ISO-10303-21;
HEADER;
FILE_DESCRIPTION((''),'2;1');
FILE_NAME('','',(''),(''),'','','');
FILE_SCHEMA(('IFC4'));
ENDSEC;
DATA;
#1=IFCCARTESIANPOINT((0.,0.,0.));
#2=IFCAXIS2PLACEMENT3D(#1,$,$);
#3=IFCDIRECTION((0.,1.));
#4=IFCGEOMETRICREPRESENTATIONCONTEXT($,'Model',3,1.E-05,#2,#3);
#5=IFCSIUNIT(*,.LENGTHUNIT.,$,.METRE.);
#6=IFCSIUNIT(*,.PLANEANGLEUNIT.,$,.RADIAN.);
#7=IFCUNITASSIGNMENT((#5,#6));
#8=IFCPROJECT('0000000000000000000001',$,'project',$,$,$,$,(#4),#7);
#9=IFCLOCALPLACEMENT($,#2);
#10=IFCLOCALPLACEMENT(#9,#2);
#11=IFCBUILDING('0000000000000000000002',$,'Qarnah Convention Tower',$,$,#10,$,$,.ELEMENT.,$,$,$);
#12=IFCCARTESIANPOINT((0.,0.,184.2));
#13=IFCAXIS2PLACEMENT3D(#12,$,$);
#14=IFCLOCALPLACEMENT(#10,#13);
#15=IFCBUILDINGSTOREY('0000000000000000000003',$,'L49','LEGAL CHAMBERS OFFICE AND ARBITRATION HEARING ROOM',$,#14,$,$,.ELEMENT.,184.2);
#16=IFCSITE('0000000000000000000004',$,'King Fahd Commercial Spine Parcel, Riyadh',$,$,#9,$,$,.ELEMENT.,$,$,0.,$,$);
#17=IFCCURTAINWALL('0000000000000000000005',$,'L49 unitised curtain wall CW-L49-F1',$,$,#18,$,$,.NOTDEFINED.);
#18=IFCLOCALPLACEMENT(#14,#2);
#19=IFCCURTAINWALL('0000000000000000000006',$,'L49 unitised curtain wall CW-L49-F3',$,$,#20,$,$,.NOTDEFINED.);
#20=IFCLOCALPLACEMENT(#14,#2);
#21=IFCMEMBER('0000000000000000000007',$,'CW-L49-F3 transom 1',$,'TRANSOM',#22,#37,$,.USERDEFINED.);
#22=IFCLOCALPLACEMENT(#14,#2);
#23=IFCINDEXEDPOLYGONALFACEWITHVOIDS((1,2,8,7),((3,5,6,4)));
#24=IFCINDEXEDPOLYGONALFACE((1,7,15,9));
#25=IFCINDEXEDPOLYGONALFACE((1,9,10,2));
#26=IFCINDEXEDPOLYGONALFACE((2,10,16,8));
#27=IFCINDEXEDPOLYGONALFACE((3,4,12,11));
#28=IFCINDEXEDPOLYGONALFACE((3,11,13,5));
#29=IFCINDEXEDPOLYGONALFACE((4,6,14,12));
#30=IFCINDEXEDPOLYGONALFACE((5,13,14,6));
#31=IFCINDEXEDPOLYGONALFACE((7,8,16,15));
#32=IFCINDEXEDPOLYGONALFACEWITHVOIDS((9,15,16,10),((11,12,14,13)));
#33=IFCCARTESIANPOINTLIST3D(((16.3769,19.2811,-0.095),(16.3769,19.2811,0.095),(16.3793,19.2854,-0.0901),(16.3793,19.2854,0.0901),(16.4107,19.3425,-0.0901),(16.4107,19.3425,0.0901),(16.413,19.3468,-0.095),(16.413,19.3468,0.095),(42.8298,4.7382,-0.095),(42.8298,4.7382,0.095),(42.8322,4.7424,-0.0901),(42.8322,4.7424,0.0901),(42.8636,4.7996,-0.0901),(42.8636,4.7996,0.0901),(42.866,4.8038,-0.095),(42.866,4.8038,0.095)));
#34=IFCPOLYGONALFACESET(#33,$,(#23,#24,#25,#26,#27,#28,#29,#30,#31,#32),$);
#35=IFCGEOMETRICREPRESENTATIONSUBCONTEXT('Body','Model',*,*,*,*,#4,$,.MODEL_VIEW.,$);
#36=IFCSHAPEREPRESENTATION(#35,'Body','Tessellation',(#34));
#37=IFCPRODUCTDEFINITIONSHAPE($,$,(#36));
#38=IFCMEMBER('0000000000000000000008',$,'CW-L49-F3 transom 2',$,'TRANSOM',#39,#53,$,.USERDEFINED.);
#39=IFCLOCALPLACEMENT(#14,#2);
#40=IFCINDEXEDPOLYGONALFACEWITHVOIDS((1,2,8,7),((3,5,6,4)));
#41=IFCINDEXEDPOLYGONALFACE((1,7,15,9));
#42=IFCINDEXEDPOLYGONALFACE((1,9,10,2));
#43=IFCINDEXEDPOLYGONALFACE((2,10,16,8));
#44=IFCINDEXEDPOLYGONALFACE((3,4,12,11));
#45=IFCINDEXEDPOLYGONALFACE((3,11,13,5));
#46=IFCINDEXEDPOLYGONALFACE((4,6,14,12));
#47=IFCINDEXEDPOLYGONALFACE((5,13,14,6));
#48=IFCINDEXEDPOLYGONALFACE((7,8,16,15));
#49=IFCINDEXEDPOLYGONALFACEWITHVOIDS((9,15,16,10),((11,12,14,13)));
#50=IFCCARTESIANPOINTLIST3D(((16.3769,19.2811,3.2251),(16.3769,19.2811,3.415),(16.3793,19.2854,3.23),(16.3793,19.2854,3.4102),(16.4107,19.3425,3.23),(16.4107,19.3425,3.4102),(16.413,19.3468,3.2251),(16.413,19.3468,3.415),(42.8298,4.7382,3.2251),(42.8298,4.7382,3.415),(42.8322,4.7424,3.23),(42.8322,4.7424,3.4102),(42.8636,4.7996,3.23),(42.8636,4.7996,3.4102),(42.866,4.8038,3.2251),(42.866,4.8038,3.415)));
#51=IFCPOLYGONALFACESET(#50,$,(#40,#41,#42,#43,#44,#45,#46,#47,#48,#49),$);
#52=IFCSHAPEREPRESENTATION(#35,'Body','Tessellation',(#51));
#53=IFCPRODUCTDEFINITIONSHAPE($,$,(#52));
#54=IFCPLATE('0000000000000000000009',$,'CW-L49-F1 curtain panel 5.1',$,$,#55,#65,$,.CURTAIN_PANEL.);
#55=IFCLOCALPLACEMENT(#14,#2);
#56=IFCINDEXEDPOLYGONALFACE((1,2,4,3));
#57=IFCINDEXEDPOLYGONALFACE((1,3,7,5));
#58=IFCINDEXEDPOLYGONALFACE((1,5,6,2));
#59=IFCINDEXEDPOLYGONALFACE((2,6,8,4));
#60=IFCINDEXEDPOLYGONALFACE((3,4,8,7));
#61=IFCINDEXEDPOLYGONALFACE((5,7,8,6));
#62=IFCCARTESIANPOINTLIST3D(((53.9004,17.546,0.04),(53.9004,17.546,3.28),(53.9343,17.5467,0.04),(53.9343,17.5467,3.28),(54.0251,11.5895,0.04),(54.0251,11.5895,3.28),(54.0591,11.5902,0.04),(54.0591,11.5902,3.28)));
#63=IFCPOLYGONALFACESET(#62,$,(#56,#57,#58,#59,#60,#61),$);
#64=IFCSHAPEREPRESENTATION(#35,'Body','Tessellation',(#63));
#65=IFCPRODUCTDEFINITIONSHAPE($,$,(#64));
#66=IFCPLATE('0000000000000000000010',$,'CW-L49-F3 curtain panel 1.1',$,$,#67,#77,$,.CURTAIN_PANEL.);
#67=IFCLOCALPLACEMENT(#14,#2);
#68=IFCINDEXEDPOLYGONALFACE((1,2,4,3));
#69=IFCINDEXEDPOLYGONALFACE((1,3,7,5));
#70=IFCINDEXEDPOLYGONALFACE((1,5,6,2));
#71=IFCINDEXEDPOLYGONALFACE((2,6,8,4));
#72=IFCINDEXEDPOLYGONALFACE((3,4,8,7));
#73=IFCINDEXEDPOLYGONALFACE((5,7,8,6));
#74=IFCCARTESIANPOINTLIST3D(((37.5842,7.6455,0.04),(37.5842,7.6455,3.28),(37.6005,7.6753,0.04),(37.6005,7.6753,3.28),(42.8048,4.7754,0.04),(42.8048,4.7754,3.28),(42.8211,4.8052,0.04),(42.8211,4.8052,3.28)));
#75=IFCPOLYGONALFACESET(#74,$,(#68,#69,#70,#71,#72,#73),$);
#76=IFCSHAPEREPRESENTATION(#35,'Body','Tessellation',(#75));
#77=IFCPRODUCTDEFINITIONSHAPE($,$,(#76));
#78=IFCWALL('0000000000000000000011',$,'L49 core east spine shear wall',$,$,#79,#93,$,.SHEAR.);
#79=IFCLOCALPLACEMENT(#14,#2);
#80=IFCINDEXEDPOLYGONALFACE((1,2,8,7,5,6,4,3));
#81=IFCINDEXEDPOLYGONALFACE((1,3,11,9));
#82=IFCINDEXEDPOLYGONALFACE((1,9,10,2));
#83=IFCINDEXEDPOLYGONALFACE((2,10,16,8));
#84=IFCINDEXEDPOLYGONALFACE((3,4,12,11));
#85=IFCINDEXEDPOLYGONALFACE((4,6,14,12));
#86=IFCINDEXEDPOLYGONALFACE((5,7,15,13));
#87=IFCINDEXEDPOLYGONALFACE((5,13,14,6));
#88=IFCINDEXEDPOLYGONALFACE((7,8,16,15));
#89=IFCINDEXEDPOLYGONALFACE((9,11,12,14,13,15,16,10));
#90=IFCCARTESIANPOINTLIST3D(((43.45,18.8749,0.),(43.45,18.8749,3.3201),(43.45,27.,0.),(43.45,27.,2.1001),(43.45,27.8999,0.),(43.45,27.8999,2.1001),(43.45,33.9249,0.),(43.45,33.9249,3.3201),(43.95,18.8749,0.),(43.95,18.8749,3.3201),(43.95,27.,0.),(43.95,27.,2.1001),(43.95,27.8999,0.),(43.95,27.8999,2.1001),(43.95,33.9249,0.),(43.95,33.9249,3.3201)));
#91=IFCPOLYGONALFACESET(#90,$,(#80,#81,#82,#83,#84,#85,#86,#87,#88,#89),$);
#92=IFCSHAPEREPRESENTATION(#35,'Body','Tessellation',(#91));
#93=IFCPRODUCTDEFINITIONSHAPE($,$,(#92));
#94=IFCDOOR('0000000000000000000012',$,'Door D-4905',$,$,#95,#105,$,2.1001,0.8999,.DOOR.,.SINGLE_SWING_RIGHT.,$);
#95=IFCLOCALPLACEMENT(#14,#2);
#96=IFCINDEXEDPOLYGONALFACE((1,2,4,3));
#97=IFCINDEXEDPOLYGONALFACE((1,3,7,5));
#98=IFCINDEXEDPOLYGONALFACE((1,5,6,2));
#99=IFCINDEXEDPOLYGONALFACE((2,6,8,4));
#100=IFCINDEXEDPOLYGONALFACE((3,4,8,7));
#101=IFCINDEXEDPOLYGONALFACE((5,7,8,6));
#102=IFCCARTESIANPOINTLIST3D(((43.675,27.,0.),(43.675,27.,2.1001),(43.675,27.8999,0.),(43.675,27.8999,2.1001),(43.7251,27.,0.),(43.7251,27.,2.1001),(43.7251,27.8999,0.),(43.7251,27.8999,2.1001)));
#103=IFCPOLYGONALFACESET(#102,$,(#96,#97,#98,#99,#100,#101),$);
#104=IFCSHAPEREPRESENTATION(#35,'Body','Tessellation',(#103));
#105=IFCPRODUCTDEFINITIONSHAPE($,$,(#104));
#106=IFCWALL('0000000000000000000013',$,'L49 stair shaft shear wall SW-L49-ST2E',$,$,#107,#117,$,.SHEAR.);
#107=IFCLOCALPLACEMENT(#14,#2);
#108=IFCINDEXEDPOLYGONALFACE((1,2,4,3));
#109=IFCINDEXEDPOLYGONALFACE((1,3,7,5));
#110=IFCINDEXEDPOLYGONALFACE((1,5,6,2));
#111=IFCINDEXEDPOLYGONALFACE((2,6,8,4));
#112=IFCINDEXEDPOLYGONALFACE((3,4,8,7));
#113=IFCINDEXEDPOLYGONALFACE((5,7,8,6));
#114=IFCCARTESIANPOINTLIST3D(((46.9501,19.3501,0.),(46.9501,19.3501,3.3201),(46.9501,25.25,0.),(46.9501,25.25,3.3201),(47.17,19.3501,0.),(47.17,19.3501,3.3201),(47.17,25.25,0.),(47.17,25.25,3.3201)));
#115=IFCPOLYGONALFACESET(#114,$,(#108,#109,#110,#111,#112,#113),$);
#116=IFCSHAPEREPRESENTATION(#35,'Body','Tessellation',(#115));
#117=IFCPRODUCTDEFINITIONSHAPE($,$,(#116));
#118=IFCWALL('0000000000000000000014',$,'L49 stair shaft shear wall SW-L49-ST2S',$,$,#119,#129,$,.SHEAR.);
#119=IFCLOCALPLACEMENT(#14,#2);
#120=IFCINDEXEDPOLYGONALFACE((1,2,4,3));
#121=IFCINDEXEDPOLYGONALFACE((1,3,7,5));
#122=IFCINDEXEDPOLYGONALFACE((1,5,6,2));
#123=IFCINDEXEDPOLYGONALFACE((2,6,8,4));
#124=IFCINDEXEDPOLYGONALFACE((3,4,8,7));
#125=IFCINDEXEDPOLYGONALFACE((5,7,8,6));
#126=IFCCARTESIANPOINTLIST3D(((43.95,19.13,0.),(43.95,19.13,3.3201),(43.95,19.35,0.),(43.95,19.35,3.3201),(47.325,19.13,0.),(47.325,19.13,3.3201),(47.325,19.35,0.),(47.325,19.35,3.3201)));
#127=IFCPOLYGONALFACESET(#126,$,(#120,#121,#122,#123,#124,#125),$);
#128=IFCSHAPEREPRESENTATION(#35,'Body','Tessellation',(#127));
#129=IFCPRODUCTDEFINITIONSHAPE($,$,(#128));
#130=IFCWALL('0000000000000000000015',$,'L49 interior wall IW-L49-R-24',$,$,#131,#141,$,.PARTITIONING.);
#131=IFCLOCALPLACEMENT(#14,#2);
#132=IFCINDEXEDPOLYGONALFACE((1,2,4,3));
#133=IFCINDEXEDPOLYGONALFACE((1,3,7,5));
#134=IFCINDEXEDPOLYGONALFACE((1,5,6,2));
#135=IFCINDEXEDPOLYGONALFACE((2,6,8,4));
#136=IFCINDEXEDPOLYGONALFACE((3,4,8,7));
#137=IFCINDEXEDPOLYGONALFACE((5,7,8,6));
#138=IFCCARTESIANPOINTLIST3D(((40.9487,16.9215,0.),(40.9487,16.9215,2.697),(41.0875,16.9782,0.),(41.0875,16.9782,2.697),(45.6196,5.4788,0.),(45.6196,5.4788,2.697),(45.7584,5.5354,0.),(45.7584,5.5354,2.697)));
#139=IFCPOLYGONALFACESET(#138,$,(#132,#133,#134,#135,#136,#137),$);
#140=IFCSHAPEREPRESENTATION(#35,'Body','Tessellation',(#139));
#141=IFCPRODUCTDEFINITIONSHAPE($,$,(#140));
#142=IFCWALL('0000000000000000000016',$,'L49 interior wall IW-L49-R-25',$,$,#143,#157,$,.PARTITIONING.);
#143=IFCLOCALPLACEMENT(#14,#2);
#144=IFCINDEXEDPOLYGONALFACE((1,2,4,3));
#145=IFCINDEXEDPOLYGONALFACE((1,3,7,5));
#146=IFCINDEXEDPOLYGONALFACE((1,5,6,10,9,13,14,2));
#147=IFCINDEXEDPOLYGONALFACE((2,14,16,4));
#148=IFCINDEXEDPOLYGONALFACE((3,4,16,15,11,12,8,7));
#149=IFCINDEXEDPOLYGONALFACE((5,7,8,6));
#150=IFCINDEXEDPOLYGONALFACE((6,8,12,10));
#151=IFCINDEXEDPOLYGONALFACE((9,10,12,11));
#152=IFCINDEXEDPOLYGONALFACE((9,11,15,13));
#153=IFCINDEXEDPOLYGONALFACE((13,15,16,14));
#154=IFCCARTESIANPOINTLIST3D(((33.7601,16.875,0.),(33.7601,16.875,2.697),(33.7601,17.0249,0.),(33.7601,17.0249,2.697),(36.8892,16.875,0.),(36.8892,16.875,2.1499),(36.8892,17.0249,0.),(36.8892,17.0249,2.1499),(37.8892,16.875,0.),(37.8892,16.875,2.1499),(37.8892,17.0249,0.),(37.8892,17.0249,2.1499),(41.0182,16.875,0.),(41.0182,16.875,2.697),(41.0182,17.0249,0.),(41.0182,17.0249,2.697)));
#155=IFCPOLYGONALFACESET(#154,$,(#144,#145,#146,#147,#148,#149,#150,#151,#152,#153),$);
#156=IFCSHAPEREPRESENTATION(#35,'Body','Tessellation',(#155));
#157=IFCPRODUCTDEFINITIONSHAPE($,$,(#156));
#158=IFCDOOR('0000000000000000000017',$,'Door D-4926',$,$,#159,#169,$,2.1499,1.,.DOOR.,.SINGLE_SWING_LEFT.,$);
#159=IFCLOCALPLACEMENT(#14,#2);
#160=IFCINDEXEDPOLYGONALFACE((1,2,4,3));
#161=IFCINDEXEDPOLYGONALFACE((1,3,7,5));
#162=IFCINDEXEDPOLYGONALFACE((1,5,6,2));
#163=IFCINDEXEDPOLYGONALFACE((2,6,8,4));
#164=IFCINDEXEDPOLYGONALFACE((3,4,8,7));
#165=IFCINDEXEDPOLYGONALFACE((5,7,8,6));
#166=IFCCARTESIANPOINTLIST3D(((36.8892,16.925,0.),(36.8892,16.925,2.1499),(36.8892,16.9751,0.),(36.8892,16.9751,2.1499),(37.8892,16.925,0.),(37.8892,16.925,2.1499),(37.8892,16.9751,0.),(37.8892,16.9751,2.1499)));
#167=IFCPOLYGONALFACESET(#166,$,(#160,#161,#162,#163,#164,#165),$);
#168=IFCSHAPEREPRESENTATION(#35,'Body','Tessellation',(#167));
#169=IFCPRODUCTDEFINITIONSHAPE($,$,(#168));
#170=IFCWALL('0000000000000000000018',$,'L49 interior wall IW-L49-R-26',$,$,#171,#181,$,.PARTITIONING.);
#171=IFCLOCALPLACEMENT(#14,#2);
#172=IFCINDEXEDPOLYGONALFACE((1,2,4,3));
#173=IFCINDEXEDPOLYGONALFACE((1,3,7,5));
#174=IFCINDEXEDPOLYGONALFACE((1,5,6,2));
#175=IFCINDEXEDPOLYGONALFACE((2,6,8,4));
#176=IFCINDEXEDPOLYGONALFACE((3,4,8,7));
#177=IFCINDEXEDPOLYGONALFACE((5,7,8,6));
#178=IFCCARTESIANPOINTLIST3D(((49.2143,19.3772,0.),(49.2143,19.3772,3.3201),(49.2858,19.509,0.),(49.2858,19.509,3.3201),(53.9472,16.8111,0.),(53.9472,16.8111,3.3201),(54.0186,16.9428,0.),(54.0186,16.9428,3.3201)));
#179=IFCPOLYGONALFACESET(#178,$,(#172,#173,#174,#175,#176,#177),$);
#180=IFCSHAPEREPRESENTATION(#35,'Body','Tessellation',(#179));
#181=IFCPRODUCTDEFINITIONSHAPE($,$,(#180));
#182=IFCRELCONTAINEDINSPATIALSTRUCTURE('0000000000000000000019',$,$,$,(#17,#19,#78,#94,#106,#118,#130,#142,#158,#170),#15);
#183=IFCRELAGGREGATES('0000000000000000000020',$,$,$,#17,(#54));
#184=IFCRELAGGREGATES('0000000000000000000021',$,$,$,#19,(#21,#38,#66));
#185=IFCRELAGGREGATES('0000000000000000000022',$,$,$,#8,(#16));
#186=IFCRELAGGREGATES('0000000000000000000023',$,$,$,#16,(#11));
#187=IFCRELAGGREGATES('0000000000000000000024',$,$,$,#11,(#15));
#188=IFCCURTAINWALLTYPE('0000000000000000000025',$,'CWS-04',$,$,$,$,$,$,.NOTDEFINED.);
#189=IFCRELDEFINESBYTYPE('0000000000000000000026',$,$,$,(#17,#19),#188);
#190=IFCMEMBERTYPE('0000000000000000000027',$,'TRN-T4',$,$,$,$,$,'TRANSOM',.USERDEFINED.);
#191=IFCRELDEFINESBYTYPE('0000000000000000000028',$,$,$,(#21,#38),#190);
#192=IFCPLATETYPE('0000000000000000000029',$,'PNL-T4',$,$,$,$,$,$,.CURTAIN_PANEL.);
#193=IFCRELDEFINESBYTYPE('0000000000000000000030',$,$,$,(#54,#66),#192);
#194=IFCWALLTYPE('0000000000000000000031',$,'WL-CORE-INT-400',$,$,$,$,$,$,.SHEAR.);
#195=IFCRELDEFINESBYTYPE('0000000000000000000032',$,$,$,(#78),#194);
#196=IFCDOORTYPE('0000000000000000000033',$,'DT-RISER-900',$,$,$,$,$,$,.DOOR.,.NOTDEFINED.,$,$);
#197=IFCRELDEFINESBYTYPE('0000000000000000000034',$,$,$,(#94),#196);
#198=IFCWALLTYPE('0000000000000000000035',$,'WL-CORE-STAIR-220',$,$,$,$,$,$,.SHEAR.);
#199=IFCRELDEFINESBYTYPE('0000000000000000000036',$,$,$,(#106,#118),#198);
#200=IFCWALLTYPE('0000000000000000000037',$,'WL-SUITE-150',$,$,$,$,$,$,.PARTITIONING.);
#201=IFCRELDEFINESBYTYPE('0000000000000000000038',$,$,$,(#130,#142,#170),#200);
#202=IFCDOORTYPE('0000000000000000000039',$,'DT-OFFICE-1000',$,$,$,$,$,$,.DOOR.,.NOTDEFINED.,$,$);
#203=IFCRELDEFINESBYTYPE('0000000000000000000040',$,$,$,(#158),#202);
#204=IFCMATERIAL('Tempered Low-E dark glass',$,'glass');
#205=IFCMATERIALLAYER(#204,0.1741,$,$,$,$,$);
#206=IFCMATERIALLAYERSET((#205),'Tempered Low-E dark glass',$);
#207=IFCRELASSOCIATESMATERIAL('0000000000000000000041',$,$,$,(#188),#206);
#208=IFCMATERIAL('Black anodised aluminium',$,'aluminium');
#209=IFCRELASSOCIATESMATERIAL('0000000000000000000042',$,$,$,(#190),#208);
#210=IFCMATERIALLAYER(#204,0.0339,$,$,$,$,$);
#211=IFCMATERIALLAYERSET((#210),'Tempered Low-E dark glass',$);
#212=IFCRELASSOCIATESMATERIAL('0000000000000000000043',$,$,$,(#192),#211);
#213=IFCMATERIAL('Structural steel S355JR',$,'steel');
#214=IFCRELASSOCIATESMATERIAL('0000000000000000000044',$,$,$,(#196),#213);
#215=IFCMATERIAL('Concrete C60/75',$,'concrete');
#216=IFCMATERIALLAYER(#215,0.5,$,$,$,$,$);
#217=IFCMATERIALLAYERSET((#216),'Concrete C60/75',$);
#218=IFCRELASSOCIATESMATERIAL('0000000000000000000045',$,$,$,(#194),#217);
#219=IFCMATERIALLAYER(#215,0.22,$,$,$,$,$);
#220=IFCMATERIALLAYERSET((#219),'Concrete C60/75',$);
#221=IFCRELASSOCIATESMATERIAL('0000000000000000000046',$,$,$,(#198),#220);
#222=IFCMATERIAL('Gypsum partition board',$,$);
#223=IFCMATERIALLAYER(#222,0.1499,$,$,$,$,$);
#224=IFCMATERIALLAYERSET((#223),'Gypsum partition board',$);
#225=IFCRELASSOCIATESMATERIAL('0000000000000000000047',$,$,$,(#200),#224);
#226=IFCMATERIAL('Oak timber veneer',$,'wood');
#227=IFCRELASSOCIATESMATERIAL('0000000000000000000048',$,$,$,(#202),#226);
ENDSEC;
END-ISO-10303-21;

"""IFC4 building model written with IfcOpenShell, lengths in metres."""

from ifc_helpers import new_model, si_unit, direction, frame, frame_2d, origin, origin_2d, place, context, subcontext, project, spatial, rectangle, hollow_rectangle, extrude, material, layer, layer_set, material_profile, profile_set, type_object, element, fill, aggregate, save


model = new_model("IFC4")

# Units and contexts
model_context = context("Model", 3, precision=1e-05, world=origin(), true_north=direction((0.0, 1.0)))
body_context = subcontext(model_context, "Body", "Model", "MODEL_VIEW")
ifc_project = project(units=[si_unit("LENGTHUNIT", "METRE"), si_unit("PLANEANGLEUNIT", "RADIAN")], contexts=[model_context])

# Site, building, storey
site_placement = place(None, origin())
site = spatial("IfcSite", under=ifc_project, at=site_placement, Name="King Fahd Commercial Spine Parcel, Riyadh", CompositionType="ELEMENT", RefElevation=0.0)
building_placement = place(site_placement, origin())
building = spatial("IfcBuilding", under=site, at=building_placement, Name="Qarnah Convention Tower", CompositionType="ELEMENT")
storey_placement = place(building_placement, frame((0.0, 0.0, 184.2)))
storey = spatial("IfcBuildingStorey", under=building, at=storey_placement, Name="L49", Description="LEGAL CHAMBERS OFFICE AND ARBITRATION HEARING ROOM", CompositionType="ELEMENT", Elevation=184.2)

# Shared definitions
ifc_material_1 = material(Name="Structural steel S355JR", Category="steel")

# Curtain walls, members
ifc_material_2 = material(Name="Tempered Low-E dark glass", Category="glass")
ifc_layer_1 = layer(ifc_material_2, 0.1741)
ifc_layer_set_1 = layer_set([ifc_layer_1], Name="Tempered Low-E dark glass")
curtain_wall_type = type_object("IfcCurtainWallType", Name="CWS-04", PredefinedType="NOTDEFINED", material=ifc_layer_set_1)
curtain_wall_1_placement = place(storey_placement, origin())
curtain_wall_1 = element("IfcCurtainWall", 1, at=curtain_wall_1_placement, inside=storey, type_object=curtain_wall_type, Name="L49 unitised curtain wall CW-L49-F1", PredefinedType="NOTDEFINED")
ifc_material_3 = material(Name="Black anodised aluminium", Category="aluminium")
curtain_wall_2_placement = place(storey_placement, origin())
curtain_wall_2 = element("IfcCurtainWall", 2, at=curtain_wall_2_placement, inside=storey, type_object=curtain_wall_type, Name="L49 unitised curtain wall CW-L49-F3", PredefinedType="NOTDEFINED")
ifc_material_profile_1 = material_profile(ifc_material_3, hollow_rectangle(XDim=0.075, YDim=0.1899, WallThickness=0.0049, at=origin_2d()), Name="TRN-75X190")
ifc_profile_set_1 = profile_set([ifc_material_profile_1], Name="Black anodised aluminium")
member_type_1 = type_object("IfcMemberType", Name="TRN-T4", ElementType="TRANSOM", PredefinedType="USERDEFINED", material=ifc_profile_set_1)
member_1_placement = place(storey_placement, frame((42.8479, 4.771, 0.0), z_axis=(-0.876301, 0.481763, 0.0), x_axis=(-0.481763, -0.876301, 0.0)))
member_1 = element("IfcMember", 3, at=member_1_placement, type_object=member_type_1, Name="CW-L49-F3 transom 1", ObjectType="TRANSOM", PredefinedType="USERDEFINED", context=body_context, shape_type="SweptSolid", body=[
    extrude(hollow_rectangle(XDim=0.075, YDim=0.1899, WallThickness=0.0049, at=origin_2d()), origin(), (0.0, 0.0, 1.0), 30.187),
])
member_2_placement = place(storey_placement, frame((42.8479, 4.771, 3.3201), z_axis=(-0.876301, 0.481763, 0.0), x_axis=(-0.481763, -0.876301, 0.0)))
member_2 = element("IfcMember", 4, at=member_2_placement, type_object=member_type_1, Name="CW-L49-F3 transom 2", ObjectType="TRANSOM", PredefinedType="USERDEFINED", context=body_context, shape_type="SweptSolid", body=[
    extrude(hollow_rectangle(XDim=0.075, YDim=0.1899, WallThickness=0.0049, at=origin_2d()), origin(), (0.0, 0.0, 1.0), 30.187),
])

# Plates
ifc_layer_2 = layer(ifc_material_2, 0.0339)
ifc_layer_set_2 = layer_set([ifc_layer_2], Name="Tempered Low-E dark glass")
plate_type = type_object("IfcPlateType", Name="PNL-T4", PredefinedType="CURTAIN_PANEL", material=ifc_layer_set_2)
plate_1_placement = place(storey_placement, frame((53.9797, 14.5681, 0.04), z_axis=(0.0, 0.0, 1.0), x_axis=(0.020935, -0.999781, 0.0)))
plate_1 = element("IfcPlate", 5, at=plate_1_placement, type_object=plate_type, Name="CW-L49-F1 curtain panel 5.1", PredefinedType="CURTAIN_PANEL", context=body_context, shape_type="SweptSolid", body=[
    extrude(rectangle(XDim=5.9578, YDim=0.0339, at=origin_2d()), origin(), (0.0, 0.0, 1.0), 3.24),
])
aggregate(curtain_wall_1, [plate_1])
plate_2_placement = place(storey_placement, frame((40.2026, 6.2253, 0.04), z_axis=(0.0, 0.0, 1.0), x_axis=(-0.876302, 0.481762, 0.0)))
plate_2 = element("IfcPlate", 6, at=plate_2_placement, type_object=plate_type, Name="CW-L49-F3 curtain panel 1.1", PredefinedType="CURTAIN_PANEL", context=body_context, shape_type="SweptSolid", body=[
    extrude(rectangle(XDim=5.9575, YDim=0.0339, at=origin_2d()), origin(), (0.0, 0.0, 1.0), 3.24),
])
aggregate(curtain_wall_2, [member_1, member_2, plate_2])

# Shared definitions
ifc_material_4 = material(Name="Concrete C60/75", Category="concrete")
door_type_1 = type_object("IfcDoorType", Name="DT-RISER-900", OperationType="NOTDEFINED", PredefinedType="DOOR", material=ifc_material_1)

# Wall, opening, door
ifc_layer_3 = layer(ifc_material_4, 0.5)
ifc_layer_set_3 = layer_set([ifc_layer_3], Name="Concrete C60/75")
wall_type_1 = type_object("IfcWallType", Name="WL-CORE-INT-400", PredefinedType="SHEAR", material=ifc_layer_set_3)
wall_1_placement = place(storey_placement, frame((43.7, 18.875, 0.0), z_axis=(0.0, 0.0, 1.0), x_axis=(0.0, 1.0, 0.0)))
wall_1 = element("IfcWall", 7, at=wall_1_placement, inside=storey, type_object=wall_type_1, Name="L49 core east spine shear wall", PredefinedType="SHEAR", context=body_context, shape_type="SweptSolid", body=[
    extrude(rectangle(XDim=15.05, YDim=0.5, at=frame_2d((7.5249, 0.0))), origin(), (0.0, 0.0, 1.0), 3.3201),
])
opening_1_placement = place(wall_1_placement, frame((8.125, 0.0, 0.0)))
opening_1 = element("IfcOpeningElement", 8, at=opening_1_placement, cuts=wall_1, PredefinedType="OPENING", context=body_context, shape_type="SweptSolid", body=[
    extrude(rectangle(XDim=0.8999, YDim=2.1001, at=frame_2d((0.45, 1.05))), frame((0.0, 0.26, 0.0), z_axis=(0.0, -1.0, 0.0), x_axis=(1.0, 0.0, 0.0)), (0.0, 0.0, 1.0), 0.52),
])
door_1_placement = place(opening_1_placement, origin())
door_1 = element("IfcDoor", 9, at=door_1_placement, inside=storey, type_object=door_type_1, Name="Door D-4905", OperationType="SINGLE_SWING_RIGHT", OverallHeight=2.1001, OverallWidth=0.8999, PredefinedType="DOOR", context=body_context, shape_type="SweptSolid", body=[
    extrude(rectangle(XDim=0.8999, YDim=2.1001, at=frame_2d((0.45, 1.05))), frame((0.0, 0.0249, 0.0), z_axis=(0.0, -1.0, 0.0), x_axis=(1.0, 0.0, 0.0)), (0.0, 0.0, 1.0), 0.05),
])
fill(opening_1, door_1)

# Walls
ifc_layer_4 = layer(ifc_material_4, 0.22)
ifc_layer_set_4 = layer_set([ifc_layer_4], Name="Concrete C60/75")
wall_type_2 = type_object("IfcWallType", Name="WL-CORE-STAIR-220", PredefinedType="SHEAR", material=ifc_layer_set_4)
wall_2_placement = place(storey_placement, frame((47.0601, 19.3501, 0.0), z_axis=(0.0, 0.0, 1.0), x_axis=(0.0, 1.0, 0.0)))
element("IfcWall", 10, at=wall_2_placement, inside=storey, type_object=wall_type_2, Name="L49 stair shaft shear wall SW-L49-ST2E", PredefinedType="SHEAR", context=body_context, shape_type="SweptSolid", body=[
    extrude(rectangle(XDim=5.8999, YDim=0.22, at=frame_2d((2.95, 0.0))), origin(), (0.0, 0.0, 1.0), 3.3201),
])
wall_3_placement = place(storey_placement, frame((43.95, 19.24, 0.0), z_axis=(0.0, 0.0, 1.0), x_axis=(1.0, 0.0, 0.0)))
element("IfcWall", 11, at=wall_3_placement, inside=storey, type_object=wall_type_2, Name="L49 stair shaft shear wall SW-L49-ST2S", PredefinedType="SHEAR", context=body_context, shape_type="SweptSolid", body=[
    extrude(rectangle(XDim=3.375, YDim=0.22, at=frame_2d((1.6875, 0.0))), origin(), (0.0, 0.0, 1.0), 3.3201),
])

# Wall
ifc_material_5 = material(Name="Gypsum partition board")
ifc_layer_5 = layer(ifc_material_5, 0.1499)
ifc_layer_set_5 = layer_set([ifc_layer_5], Name="Gypsum partition board")
wall_type_3 = type_object("IfcWallType", Name="WL-SUITE-150", PredefinedType="PARTITIONING", material=ifc_layer_set_5)
wall_4_placement = place(storey_placement, frame((45.689, 5.5071, 0.0), z_axis=(0.0, 0.0, 1.0), x_axis=(-0.37792, 0.925838, 0.0)))
element("IfcWall", 12, at=wall_4_placement, inside=storey, type_object=wall_type_3, Name="L49 interior wall IW-L49-R-24", PredefinedType="PARTITIONING", context=body_context, shape_type="SweptSolid", body=[
    extrude(rectangle(XDim=12.3594, YDim=0.1499, at=frame_2d((6.1797, 0.0))), origin(), (0.0, 0.0, 1.0), 2.697),
])

# Wall, opening, door
wall_5_placement = place(storey_placement, frame((41.0181, 16.95, 0.0), z_axis=(0.0, 0.0, 1.0), x_axis=(-1.0, 0.0, 0.0)))
wall_5 = element("IfcWall", 13, at=wall_5_placement, inside=storey, type_object=wall_type_3, Name="L49 interior wall IW-L49-R-25", PredefinedType="PARTITIONING", context=body_context, shape_type="SweptSolid", body=[
    extrude(rectangle(XDim=7.2581, YDim=0.1499, at=frame_2d((3.6289, 0.0))), origin(), (0.0, 0.0, 1.0), 2.697),
])
opening_2_placement = place(wall_5_placement, frame((3.1289, 0.0, 0.0)))
opening_2 = element("IfcOpeningElement", 14, at=opening_2_placement, cuts=wall_5, PredefinedType="OPENING", context=body_context, shape_type="SweptSolid", body=[
    extrude(rectangle(XDim=1.0, YDim=2.1499, at=frame_2d((0.5, 1.075))), frame((0.0, 0.085, 0.0), z_axis=(0.0, -1.0, 0.0), x_axis=(1.0, 0.0, 0.0)), (0.0, 0.0, 1.0), 0.1699),
])
ifc_material_6 = material(Name="Oak timber veneer", Category="wood")
door_type_2 = type_object("IfcDoorType", Name="DT-OFFICE-1000", OperationType="NOTDEFINED", PredefinedType="DOOR", material=ifc_material_6)
door_2_placement = place(opening_2_placement, origin())
door_2 = element("IfcDoor", 15, at=door_2_placement, inside=storey, type_object=door_type_2, Name="Door D-4926", OperationType="SINGLE_SWING_LEFT", OverallHeight=2.1499, OverallWidth=1.0, PredefinedType="DOOR", context=body_context, shape_type="SweptSolid", body=[
    extrude(rectangle(XDim=1.0, YDim=2.1499, at=frame_2d((0.5, 1.075))), frame((0.0, 0.0249, 0.0), z_axis=(0.0, -1.0, 0.0), x_axis=(1.0, 0.0, 0.0)), (0.0, 0.0, 1.0), 0.05),
])
fill(opening_2, door_2)

# Wall
wall_6_placement = place(storey_placement, frame((53.9829, 16.877, 0.0), z_axis=(0.0, 0.0, 1.0), x_axis=(-0.879097, 0.476642, 0.0)))
element("IfcWall", 16, at=wall_6_placement, inside=storey, type_object=wall_type_3, Name="L49 interior wall IW-L49-R-26", PredefinedType="PARTITIONING", context=body_context, shape_type="SweptSolid", body=[
    extrude(rectangle(XDim=5.3838, YDim=0.1499, at=frame_2d((2.6919, 0.0))), origin(), (0.0, 0.0, 1.0), 3.3201),
])

save(model, "model.ifc")
